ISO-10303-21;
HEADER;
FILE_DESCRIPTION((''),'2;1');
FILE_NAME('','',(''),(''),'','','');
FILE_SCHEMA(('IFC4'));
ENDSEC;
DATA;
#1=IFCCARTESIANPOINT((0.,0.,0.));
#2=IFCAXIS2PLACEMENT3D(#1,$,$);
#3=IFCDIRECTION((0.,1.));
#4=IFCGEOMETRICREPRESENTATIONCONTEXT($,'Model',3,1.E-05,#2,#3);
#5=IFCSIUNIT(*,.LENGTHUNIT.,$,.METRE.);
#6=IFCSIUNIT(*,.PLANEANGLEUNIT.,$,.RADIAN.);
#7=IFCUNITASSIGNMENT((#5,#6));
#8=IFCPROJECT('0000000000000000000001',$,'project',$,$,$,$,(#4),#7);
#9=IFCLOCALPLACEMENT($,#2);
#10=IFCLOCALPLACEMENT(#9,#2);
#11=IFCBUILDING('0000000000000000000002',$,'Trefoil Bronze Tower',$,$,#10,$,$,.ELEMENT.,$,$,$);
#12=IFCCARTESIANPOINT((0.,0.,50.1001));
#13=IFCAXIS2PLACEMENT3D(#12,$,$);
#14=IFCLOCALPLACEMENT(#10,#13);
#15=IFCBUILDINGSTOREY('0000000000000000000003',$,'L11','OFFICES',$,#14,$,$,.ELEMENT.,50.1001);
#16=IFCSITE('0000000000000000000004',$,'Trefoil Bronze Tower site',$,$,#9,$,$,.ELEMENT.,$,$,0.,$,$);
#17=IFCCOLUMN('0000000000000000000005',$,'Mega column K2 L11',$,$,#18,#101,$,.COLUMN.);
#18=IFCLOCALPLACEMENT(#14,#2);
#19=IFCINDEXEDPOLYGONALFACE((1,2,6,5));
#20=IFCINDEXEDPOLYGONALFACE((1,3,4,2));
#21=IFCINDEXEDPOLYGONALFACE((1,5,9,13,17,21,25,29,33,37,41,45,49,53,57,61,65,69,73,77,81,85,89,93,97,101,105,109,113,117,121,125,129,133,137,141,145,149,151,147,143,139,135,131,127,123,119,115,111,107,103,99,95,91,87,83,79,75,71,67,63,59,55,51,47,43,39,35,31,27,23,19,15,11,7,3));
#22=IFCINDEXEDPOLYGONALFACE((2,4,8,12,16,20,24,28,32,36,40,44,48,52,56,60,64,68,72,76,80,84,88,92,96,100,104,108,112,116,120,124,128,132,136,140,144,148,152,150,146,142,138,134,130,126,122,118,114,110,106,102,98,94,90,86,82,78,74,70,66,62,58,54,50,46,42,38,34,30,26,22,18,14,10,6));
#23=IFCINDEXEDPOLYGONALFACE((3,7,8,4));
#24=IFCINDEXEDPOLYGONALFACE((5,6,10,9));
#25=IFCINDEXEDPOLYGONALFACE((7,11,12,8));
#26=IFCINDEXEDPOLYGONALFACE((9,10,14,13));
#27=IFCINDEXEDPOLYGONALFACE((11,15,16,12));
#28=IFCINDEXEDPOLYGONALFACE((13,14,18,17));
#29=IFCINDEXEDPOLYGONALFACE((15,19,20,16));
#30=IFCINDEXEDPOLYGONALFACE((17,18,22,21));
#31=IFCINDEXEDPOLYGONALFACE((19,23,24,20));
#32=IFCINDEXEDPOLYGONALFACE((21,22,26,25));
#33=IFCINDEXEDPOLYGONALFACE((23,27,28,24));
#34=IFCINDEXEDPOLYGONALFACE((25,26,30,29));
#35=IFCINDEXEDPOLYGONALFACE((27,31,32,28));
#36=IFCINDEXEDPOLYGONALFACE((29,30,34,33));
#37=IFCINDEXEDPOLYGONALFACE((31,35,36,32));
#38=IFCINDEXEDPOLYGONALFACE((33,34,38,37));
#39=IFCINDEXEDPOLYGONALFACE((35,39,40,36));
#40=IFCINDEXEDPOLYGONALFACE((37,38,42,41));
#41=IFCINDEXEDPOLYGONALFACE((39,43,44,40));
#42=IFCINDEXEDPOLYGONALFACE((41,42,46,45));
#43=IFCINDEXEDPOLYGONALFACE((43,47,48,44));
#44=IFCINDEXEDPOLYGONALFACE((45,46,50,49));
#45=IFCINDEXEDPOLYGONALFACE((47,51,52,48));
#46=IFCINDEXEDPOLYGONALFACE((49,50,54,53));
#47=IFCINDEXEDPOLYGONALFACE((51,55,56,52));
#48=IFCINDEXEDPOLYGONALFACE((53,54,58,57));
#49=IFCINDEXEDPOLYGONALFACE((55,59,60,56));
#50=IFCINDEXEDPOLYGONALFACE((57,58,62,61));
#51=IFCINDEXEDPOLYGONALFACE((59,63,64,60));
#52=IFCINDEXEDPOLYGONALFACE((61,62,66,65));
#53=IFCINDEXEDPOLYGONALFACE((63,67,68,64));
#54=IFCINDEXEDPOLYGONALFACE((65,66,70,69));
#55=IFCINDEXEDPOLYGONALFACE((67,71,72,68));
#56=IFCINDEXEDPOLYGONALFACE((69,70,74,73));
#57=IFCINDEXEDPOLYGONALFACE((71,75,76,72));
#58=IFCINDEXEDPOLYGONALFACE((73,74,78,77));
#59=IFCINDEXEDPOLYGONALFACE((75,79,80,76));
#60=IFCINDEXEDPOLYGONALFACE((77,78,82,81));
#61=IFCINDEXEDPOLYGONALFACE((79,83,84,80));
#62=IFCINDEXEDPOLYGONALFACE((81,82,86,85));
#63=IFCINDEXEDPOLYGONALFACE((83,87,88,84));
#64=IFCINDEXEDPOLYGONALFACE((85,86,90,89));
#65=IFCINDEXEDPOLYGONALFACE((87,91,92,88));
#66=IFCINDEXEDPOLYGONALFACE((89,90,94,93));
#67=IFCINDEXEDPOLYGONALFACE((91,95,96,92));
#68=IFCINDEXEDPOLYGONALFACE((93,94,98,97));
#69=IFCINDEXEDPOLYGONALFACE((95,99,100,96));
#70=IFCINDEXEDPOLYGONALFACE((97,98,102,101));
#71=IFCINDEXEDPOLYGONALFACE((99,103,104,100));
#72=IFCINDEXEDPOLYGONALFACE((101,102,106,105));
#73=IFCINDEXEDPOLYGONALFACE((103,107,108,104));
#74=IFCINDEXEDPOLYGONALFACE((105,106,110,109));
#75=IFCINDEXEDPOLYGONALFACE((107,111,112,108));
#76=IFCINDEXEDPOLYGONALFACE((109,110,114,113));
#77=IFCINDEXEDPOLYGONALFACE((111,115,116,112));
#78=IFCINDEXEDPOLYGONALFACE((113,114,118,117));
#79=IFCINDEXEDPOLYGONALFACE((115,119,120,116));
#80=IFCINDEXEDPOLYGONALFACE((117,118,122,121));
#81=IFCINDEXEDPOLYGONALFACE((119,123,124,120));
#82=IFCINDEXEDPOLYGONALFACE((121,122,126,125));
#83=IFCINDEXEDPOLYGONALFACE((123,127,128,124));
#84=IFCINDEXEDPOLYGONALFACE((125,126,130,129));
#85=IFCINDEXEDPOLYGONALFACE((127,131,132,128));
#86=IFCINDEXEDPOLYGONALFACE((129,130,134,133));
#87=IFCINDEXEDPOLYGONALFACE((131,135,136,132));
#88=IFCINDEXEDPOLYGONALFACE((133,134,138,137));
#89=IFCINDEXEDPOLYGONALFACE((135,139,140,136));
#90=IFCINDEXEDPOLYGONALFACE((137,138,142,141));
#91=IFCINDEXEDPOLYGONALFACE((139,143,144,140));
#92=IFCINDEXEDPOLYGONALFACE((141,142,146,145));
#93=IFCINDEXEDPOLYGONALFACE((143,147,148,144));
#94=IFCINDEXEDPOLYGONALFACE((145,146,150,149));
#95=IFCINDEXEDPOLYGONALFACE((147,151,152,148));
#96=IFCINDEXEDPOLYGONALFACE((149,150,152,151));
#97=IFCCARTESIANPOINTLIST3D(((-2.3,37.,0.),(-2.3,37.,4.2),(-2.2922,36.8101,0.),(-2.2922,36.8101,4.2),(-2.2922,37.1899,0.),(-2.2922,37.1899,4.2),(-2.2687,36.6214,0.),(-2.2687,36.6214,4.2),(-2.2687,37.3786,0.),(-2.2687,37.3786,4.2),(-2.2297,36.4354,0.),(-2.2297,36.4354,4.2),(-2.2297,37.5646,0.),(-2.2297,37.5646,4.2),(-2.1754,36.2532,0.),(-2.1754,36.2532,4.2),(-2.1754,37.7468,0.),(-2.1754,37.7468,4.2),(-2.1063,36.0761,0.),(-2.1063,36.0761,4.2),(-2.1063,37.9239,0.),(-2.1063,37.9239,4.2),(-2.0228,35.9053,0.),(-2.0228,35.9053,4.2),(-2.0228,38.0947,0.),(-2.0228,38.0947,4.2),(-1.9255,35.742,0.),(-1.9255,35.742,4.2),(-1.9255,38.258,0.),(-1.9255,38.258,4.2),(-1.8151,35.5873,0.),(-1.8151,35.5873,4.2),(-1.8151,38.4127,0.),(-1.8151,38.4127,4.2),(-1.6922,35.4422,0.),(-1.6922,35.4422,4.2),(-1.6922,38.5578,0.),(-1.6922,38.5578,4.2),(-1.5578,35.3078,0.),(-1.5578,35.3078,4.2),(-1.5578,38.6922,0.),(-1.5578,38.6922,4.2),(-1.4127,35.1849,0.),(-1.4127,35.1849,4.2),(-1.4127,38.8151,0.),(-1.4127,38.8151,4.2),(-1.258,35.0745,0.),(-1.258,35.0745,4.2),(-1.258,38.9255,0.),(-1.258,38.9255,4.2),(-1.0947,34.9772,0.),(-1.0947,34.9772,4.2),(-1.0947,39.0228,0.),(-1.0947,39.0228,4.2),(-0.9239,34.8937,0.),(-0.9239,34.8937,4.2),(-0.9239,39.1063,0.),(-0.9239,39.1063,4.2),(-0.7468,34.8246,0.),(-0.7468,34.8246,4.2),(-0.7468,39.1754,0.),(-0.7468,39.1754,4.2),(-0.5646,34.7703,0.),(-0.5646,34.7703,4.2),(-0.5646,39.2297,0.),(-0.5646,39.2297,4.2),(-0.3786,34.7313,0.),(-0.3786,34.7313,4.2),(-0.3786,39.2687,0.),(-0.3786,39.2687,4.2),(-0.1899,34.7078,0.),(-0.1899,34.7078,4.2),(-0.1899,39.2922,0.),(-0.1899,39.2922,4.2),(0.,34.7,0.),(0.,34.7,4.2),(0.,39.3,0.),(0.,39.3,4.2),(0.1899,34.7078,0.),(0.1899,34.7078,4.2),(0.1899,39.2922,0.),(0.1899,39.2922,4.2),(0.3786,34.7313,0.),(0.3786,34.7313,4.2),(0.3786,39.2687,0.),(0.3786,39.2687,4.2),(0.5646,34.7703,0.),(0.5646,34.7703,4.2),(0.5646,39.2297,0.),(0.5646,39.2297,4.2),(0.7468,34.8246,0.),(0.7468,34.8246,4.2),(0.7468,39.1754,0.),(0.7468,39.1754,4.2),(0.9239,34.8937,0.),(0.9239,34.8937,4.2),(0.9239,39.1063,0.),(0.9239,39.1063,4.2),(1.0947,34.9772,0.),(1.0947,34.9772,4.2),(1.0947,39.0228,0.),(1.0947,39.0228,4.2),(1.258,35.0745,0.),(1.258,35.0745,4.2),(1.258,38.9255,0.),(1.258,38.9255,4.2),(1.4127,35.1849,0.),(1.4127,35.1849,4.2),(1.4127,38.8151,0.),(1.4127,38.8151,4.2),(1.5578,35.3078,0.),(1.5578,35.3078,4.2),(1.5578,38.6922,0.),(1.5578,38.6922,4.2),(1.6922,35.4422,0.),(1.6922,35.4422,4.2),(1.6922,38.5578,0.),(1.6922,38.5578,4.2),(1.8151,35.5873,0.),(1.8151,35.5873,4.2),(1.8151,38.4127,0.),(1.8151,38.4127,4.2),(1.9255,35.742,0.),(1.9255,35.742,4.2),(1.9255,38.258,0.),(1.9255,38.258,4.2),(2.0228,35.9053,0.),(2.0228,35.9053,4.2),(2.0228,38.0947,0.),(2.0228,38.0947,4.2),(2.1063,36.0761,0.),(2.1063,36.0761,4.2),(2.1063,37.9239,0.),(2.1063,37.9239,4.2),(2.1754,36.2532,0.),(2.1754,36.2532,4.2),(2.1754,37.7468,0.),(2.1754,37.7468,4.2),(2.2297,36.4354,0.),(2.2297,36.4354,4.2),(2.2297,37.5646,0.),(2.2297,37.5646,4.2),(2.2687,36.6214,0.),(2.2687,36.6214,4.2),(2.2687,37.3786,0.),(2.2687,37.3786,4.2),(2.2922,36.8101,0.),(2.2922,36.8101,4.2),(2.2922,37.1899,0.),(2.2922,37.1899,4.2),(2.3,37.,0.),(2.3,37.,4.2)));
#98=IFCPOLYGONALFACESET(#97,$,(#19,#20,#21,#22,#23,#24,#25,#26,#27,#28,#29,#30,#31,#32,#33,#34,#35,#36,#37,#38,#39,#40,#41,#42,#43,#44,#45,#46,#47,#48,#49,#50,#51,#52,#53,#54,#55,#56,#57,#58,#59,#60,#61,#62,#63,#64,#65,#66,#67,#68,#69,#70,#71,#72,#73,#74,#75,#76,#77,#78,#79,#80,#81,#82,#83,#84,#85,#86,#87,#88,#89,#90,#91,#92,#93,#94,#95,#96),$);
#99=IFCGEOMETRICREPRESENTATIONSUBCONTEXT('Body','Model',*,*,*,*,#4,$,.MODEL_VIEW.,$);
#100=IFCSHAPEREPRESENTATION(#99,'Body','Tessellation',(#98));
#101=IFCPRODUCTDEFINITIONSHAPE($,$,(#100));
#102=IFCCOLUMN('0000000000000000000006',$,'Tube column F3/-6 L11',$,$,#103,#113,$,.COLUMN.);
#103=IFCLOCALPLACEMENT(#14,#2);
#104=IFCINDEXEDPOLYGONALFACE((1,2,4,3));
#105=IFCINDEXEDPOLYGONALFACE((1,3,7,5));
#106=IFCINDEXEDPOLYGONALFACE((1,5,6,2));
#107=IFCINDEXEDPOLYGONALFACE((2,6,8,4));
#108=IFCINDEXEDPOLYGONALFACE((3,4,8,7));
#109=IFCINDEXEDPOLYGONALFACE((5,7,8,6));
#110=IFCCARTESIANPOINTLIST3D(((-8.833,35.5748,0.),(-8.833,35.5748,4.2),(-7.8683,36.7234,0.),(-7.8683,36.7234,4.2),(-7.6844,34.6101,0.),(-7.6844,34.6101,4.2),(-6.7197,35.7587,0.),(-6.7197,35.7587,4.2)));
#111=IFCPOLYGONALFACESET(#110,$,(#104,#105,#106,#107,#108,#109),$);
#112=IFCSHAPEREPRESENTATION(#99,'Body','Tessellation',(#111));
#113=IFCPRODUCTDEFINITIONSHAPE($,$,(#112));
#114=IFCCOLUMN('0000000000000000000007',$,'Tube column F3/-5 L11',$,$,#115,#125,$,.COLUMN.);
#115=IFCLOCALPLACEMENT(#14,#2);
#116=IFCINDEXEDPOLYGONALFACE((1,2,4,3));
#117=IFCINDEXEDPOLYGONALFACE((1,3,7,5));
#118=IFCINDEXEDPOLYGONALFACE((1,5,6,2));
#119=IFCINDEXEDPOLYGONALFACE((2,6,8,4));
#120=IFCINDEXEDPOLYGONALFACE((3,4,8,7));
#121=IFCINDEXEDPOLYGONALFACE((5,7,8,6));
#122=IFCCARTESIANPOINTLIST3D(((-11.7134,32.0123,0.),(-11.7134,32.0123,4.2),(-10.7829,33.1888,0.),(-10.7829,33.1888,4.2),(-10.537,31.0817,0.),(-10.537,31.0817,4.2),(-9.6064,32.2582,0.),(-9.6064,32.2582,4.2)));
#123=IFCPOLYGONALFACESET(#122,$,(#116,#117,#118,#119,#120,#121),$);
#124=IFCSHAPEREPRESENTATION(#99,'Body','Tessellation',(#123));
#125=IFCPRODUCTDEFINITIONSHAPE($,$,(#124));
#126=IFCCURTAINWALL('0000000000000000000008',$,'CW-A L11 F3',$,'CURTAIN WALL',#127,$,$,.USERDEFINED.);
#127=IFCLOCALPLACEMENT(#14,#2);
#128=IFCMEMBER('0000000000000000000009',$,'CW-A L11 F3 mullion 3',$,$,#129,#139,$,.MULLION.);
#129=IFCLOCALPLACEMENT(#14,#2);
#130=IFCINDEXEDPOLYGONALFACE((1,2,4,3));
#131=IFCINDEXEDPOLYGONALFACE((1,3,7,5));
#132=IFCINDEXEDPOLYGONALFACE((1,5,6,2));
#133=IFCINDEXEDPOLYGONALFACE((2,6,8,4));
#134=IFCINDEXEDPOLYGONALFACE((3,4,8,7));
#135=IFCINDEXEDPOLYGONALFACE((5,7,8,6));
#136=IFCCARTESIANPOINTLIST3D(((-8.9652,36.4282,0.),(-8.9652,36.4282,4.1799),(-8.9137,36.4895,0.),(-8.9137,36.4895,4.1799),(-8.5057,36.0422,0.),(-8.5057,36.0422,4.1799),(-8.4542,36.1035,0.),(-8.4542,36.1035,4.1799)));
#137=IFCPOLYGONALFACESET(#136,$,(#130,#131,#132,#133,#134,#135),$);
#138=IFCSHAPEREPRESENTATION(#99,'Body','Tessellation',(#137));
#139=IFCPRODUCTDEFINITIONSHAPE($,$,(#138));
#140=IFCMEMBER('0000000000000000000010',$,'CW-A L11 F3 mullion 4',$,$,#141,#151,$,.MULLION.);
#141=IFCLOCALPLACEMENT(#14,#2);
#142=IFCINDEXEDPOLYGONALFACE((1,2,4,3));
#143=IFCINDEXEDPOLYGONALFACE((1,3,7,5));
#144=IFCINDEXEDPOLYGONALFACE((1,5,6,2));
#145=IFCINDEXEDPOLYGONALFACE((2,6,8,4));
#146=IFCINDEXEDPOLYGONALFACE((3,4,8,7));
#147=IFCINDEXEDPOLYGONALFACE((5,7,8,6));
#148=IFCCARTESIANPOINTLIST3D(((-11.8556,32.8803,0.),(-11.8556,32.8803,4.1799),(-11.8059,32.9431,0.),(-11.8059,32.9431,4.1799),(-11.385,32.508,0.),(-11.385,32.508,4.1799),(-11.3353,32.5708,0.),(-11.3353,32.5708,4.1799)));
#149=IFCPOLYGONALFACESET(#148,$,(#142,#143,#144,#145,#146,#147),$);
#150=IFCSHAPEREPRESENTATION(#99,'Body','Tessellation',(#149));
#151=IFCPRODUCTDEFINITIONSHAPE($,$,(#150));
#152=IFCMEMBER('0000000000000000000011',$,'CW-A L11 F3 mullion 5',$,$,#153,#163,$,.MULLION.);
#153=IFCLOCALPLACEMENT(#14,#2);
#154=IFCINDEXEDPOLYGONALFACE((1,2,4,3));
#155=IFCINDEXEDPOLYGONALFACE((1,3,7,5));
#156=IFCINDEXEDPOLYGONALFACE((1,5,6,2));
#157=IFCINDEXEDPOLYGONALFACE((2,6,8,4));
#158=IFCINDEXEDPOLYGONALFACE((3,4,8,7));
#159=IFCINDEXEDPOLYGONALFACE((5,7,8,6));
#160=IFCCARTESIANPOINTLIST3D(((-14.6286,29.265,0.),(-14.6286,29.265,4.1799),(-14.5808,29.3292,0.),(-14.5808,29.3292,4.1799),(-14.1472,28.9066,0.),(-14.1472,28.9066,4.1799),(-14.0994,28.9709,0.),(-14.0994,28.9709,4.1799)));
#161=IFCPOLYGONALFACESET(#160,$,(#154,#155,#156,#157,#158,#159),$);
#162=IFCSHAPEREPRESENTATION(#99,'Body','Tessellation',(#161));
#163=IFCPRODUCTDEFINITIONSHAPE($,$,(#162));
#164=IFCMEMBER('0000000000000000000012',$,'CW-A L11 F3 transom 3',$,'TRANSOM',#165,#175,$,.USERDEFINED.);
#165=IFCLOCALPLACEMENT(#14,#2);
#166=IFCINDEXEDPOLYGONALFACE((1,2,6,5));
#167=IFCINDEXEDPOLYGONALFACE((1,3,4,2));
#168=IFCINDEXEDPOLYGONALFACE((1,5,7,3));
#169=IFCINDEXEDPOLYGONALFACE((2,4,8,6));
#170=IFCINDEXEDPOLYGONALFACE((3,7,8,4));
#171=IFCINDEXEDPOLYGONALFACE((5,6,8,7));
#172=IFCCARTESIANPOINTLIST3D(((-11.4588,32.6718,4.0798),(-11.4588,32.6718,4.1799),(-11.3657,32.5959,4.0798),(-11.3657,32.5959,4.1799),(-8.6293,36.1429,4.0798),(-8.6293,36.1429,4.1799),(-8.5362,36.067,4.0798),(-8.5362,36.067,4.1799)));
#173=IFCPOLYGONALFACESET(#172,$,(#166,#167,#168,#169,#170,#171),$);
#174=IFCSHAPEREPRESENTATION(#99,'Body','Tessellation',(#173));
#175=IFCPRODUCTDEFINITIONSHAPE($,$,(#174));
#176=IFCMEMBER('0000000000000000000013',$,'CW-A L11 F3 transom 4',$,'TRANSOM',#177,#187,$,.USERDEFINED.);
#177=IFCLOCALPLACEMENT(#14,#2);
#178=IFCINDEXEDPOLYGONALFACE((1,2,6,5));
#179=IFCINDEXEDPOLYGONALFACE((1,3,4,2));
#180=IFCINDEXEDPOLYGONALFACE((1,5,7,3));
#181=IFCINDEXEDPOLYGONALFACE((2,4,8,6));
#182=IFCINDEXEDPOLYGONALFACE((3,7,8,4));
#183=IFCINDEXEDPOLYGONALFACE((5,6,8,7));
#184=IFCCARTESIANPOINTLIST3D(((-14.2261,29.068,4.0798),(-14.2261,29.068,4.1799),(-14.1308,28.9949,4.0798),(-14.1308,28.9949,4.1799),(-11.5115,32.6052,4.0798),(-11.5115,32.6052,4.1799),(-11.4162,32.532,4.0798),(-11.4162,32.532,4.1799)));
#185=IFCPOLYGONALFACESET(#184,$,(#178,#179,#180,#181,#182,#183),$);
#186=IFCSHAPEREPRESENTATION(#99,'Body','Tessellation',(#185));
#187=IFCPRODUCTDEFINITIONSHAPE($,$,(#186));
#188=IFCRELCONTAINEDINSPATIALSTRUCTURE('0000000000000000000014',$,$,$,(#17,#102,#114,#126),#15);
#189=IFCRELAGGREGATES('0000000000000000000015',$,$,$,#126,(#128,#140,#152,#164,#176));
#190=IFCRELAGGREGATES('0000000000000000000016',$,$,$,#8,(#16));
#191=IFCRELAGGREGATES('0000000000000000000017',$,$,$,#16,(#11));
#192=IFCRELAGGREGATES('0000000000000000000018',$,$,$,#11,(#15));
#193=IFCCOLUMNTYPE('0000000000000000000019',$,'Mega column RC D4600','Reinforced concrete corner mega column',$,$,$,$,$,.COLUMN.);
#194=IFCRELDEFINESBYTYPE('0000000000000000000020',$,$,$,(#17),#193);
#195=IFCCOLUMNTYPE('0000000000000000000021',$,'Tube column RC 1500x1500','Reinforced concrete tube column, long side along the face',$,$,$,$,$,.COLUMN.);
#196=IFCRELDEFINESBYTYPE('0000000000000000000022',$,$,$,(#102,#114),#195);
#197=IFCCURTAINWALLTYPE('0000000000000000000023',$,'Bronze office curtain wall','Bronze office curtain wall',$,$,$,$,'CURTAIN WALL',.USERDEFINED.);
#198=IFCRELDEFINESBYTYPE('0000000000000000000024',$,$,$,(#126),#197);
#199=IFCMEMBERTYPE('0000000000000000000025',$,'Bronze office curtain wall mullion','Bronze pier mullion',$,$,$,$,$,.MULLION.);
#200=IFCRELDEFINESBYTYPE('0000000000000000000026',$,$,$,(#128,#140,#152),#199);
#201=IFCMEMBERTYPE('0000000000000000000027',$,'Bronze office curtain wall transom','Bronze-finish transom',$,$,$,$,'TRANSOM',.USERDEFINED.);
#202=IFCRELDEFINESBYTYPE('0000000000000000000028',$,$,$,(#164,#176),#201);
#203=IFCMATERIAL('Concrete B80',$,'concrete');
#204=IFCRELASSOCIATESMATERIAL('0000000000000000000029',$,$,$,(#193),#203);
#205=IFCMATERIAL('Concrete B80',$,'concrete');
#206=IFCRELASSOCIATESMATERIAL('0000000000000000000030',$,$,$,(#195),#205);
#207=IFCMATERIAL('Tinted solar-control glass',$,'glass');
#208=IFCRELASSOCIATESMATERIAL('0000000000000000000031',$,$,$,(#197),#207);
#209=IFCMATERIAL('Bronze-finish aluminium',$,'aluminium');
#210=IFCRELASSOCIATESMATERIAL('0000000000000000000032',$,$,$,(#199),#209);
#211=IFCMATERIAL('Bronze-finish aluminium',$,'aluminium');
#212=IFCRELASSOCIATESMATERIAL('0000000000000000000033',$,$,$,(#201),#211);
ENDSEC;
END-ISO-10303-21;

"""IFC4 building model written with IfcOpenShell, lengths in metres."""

from ifc_helpers import new_model, si_unit, direction, frame, origin, origin_2d, place, context, subcontext, project, spatial, rectangle, circle, extrude, material, material_profile, profile_set, type_object, element, aggregate, save


model = new_model("IFC4")

# Units and contexts
model_context = context("Model", 3, precision=1e-05, world=origin(), true_north=direction((0.0, 1.0)))
body_context = subcontext(model_context, "Body", "Model", "MODEL_VIEW")
ifc_project = project(units=[si_unit("LENGTHUNIT", "METRE"), si_unit("PLANEANGLEUNIT", "RADIAN")], contexts=[model_context])

# Site, building, storey
site_placement = place(None, origin())
site = spatial("IfcSite", under=ifc_project, at=site_placement, Name="Trefoil Bronze Tower site", CompositionType="ELEMENT", RefElevation=0.0)
building_placement = place(site_placement, origin())
building = spatial("IfcBuilding", under=site, at=building_placement, Name="Trefoil Bronze Tower", CompositionType="ELEMENT")
storey_placement = place(building_placement, frame((0.0, 0.0, 50.1001)))
storey = spatial("IfcBuildingStorey", under=building, at=storey_placement, Name="L11", Description="OFFICES", CompositionType="ELEMENT", Elevation=50.1001)

# Columns
ifc_material_1 = material(Name="Concrete B80", Category="concrete")
ifc_material_profile_1 = material_profile(ifc_material_1, circle(Radius=2.3, at=origin_2d()), Name="RC D4600")
ifc_profile_set_1 = profile_set([ifc_material_profile_1], Name="Concrete B80")
column_type_1 = type_object("IfcColumnType", Name="Mega column RC D4600", Description="Reinforced concrete corner mega column", PredefinedType="COLUMN", material=ifc_profile_set_1)
column_placement = place(storey_placement, frame((0.0, 37.0, 0.0), z_axis=(0.0, 0.0, 1.0), x_axis=(1.0, 0.0, 0.0)))
element("IfcColumn", 1, at=column_placement, inside=storey, type_object=column_type_1, Name="Mega column K2 L11", PredefinedType="COLUMN", context=body_context, shape_type="SweptSolid", body=[
    extrude(circle(Radius=2.3, at=origin_2d()), origin(), (0.0, 0.0, 1.0), 4.2),
])
ifc_material_2 = material(Name="Concrete B80", Category="concrete")
ifc_material_profile_2 = material_profile(ifc_material_2, rectangle(XDim=1.5, YDim=1.5, at=origin_2d()), Name="RC 1500x1500")
ifc_profile_set_2 = profile_set([ifc_material_profile_2], Name="Concrete B80")
column_type_2 = type_object("IfcColumnType", Name="Tube column RC 1500x1500", Description="Reinforced concrete tube column, long side along the face", PredefinedType="COLUMN", material=ifc_profile_set_2)
for number, where, z_axis, x_axis, name in (
    (2, (-7.7764, 35.6667, 0.0), (0.0, 0.0, 1.0), (-0.643163, -0.765729, 0.0), "Tube column F3/-6 L11"),
    (3, (-10.6599, 32.1353, 0.0), (0.0, 0.0, 1.0), (-0.620376, -0.784305, 0.0), "Tube column F3/-5 L11"),
):
    element("IfcColumn", number, at=place(storey_placement, frame(where, z_axis=z_axis, x_axis=x_axis)), inside=storey, type_object=column_type_2, Name=name, PredefinedType="COLUMN", context=body_context, shape_type="SweptSolid", body=[
        extrude(rectangle(XDim=1.5, YDim=1.5, at=origin_2d()), origin(), (0.0, 0.0, 1.0), 4.2),
    ])

# Curtain wall, members
ifc_material_3 = material(Name="Tinted solar-control glass", Category="glass")
curtain_wall_type = type_object("IfcCurtainWallType", Name="Bronze office curtain wall", Description="Bronze office curtain wall", ElementType="CURTAIN WALL", PredefinedType="USERDEFINED", material=ifc_material_3)
curtain_wall_placement = place(storey_placement, origin())
curtain_wall = element("IfcCurtainWall", 4, at=curtain_wall_placement, inside=storey, type_object=curtain_wall_type, Name="CW-A L11 F3", ObjectType="CURTAIN WALL", PredefinedType="USERDEFINED")
ifc_material_4 = material(Name="Bronze-finish aluminium", Category="aluminium")
ifc_material_profile_3 = material_profile(ifc_material_4, rectangle(XDim=0.6001, YDim=0.0801, at=origin_2d()), Name="CW-A mullion")
ifc_profile_set_3 = profile_set([ifc_material_profile_3], Name="Bronze-finish aluminium")
member_type_1 = type_object("IfcMemberType", Name="Bronze office curtain wall mullion", Description="Bronze pier mullion", PredefinedType="MULLION", material=ifc_profile_set_3)
member_1_placement = place(storey_placement, frame((-8.7097, 36.2659, 0.0), z_axis=(0.0, 0.0, 1.0), x_axis=(0.765729, -0.643163, 0.0)))
member_1 = element("IfcMember", 5, at=member_1_placement, type_object=member_type_1, Name="CW-A L11 F3 mullion 3", PredefinedType="MULLION", context=body_context, shape_type="SweptSolid", body=[
    extrude(rectangle(XDim=0.6001, YDim=0.0801, at=origin_2d()), origin(), (0.0, 0.0, 1.0), 4.1799),
])
member_2_placement = place(storey_placement, frame((-11.5955, 32.7256, 0.0), z_axis=(0.0, 0.0, 1.0), x_axis=(0.784305, -0.620376, 0.0)))
member_2 = element("IfcMember", 6, at=member_2_placement, type_object=member_type_1, Name="CW-A L11 F3 mullion 4", PredefinedType="MULLION", context=body_context, shape_type="SweptSolid", body=[
    extrude(rectangle(XDim=0.6001, YDim=0.0801, at=origin_2d()), origin(), (0.0, 0.0, 1.0), 4.1799),
])
member_3_placement = place(storey_placement, frame((-14.364, 29.1179, 0.0), z_axis=(0.0, 0.0, 1.0), x_axis=(0.802127, -0.597154, 0.0)))
member_3 = element("IfcMember", 7, at=member_3_placement, type_object=member_type_1, Name="CW-A L11 F3 mullion 5", PredefinedType="MULLION", context=body_context, shape_type="SweptSolid", body=[
    extrude(rectangle(XDim=0.6001, YDim=0.0801, at=origin_2d()), origin(), (0.0, 0.0, 1.0), 4.1799),
])
ifc_material_5 = material(Name="Bronze-finish aluminium", Category="aluminium")
ifc_material_profile_4 = material_profile(ifc_material_5, rectangle(XDim=0.1201, YDim=0.1001, at=origin_2d()), Name="CW-A transom")
ifc_profile_set_4 = profile_set([ifc_material_profile_4], Name="Bronze-finish aluminium")
member_type_2 = type_object("IfcMemberType", Name="Bronze office curtain wall transom", Description="Bronze-finish transom", ElementType="TRANSOM", PredefinedType="USERDEFINED", material=ifc_profile_set_4)
member_4_placement = place(storey_placement, frame((-8.5828, 36.105, 4.1299), z_axis=(-0.631836, -0.775102, 0.0), x_axis=(0.775102, -0.631836, 0.0)))
member_4 = element("IfcMember", 8, at=member_4_placement, type_object=member_type_2, Name="CW-A L11 F3 transom 3", ObjectType="TRANSOM", PredefinedType="USERDEFINED", context=body_context, shape_type="SweptSolid", body=[
    extrude(rectangle(XDim=0.1201, YDim=0.1001, at=origin_2d()), origin(), (0.0, 0.0, 1.0), 4.4783),
])
member_5_placement = place(storey_placement, frame((-11.4639, 32.5686, 4.1299), z_axis=(-0.608829, -0.793301, 0.0), x_axis=(0.793301, -0.608829, 0.0)))
member_5 = element("IfcMember", 9, at=member_5_placement, type_object=member_type_2, Name="CW-A L11 F3 transom 4", ObjectType="TRANSOM", PredefinedType="USERDEFINED", context=body_context, shape_type="SweptSolid", body=[
    extrude(rectangle(XDim=0.1201, YDim=0.1001, at=origin_2d()), origin(), (0.0, 0.0, 1.0), 4.4587),
])

aggregate(curtain_wall, [member_1, member_2, member_3, member_4, member_5])

save(model, "model.ifc")
